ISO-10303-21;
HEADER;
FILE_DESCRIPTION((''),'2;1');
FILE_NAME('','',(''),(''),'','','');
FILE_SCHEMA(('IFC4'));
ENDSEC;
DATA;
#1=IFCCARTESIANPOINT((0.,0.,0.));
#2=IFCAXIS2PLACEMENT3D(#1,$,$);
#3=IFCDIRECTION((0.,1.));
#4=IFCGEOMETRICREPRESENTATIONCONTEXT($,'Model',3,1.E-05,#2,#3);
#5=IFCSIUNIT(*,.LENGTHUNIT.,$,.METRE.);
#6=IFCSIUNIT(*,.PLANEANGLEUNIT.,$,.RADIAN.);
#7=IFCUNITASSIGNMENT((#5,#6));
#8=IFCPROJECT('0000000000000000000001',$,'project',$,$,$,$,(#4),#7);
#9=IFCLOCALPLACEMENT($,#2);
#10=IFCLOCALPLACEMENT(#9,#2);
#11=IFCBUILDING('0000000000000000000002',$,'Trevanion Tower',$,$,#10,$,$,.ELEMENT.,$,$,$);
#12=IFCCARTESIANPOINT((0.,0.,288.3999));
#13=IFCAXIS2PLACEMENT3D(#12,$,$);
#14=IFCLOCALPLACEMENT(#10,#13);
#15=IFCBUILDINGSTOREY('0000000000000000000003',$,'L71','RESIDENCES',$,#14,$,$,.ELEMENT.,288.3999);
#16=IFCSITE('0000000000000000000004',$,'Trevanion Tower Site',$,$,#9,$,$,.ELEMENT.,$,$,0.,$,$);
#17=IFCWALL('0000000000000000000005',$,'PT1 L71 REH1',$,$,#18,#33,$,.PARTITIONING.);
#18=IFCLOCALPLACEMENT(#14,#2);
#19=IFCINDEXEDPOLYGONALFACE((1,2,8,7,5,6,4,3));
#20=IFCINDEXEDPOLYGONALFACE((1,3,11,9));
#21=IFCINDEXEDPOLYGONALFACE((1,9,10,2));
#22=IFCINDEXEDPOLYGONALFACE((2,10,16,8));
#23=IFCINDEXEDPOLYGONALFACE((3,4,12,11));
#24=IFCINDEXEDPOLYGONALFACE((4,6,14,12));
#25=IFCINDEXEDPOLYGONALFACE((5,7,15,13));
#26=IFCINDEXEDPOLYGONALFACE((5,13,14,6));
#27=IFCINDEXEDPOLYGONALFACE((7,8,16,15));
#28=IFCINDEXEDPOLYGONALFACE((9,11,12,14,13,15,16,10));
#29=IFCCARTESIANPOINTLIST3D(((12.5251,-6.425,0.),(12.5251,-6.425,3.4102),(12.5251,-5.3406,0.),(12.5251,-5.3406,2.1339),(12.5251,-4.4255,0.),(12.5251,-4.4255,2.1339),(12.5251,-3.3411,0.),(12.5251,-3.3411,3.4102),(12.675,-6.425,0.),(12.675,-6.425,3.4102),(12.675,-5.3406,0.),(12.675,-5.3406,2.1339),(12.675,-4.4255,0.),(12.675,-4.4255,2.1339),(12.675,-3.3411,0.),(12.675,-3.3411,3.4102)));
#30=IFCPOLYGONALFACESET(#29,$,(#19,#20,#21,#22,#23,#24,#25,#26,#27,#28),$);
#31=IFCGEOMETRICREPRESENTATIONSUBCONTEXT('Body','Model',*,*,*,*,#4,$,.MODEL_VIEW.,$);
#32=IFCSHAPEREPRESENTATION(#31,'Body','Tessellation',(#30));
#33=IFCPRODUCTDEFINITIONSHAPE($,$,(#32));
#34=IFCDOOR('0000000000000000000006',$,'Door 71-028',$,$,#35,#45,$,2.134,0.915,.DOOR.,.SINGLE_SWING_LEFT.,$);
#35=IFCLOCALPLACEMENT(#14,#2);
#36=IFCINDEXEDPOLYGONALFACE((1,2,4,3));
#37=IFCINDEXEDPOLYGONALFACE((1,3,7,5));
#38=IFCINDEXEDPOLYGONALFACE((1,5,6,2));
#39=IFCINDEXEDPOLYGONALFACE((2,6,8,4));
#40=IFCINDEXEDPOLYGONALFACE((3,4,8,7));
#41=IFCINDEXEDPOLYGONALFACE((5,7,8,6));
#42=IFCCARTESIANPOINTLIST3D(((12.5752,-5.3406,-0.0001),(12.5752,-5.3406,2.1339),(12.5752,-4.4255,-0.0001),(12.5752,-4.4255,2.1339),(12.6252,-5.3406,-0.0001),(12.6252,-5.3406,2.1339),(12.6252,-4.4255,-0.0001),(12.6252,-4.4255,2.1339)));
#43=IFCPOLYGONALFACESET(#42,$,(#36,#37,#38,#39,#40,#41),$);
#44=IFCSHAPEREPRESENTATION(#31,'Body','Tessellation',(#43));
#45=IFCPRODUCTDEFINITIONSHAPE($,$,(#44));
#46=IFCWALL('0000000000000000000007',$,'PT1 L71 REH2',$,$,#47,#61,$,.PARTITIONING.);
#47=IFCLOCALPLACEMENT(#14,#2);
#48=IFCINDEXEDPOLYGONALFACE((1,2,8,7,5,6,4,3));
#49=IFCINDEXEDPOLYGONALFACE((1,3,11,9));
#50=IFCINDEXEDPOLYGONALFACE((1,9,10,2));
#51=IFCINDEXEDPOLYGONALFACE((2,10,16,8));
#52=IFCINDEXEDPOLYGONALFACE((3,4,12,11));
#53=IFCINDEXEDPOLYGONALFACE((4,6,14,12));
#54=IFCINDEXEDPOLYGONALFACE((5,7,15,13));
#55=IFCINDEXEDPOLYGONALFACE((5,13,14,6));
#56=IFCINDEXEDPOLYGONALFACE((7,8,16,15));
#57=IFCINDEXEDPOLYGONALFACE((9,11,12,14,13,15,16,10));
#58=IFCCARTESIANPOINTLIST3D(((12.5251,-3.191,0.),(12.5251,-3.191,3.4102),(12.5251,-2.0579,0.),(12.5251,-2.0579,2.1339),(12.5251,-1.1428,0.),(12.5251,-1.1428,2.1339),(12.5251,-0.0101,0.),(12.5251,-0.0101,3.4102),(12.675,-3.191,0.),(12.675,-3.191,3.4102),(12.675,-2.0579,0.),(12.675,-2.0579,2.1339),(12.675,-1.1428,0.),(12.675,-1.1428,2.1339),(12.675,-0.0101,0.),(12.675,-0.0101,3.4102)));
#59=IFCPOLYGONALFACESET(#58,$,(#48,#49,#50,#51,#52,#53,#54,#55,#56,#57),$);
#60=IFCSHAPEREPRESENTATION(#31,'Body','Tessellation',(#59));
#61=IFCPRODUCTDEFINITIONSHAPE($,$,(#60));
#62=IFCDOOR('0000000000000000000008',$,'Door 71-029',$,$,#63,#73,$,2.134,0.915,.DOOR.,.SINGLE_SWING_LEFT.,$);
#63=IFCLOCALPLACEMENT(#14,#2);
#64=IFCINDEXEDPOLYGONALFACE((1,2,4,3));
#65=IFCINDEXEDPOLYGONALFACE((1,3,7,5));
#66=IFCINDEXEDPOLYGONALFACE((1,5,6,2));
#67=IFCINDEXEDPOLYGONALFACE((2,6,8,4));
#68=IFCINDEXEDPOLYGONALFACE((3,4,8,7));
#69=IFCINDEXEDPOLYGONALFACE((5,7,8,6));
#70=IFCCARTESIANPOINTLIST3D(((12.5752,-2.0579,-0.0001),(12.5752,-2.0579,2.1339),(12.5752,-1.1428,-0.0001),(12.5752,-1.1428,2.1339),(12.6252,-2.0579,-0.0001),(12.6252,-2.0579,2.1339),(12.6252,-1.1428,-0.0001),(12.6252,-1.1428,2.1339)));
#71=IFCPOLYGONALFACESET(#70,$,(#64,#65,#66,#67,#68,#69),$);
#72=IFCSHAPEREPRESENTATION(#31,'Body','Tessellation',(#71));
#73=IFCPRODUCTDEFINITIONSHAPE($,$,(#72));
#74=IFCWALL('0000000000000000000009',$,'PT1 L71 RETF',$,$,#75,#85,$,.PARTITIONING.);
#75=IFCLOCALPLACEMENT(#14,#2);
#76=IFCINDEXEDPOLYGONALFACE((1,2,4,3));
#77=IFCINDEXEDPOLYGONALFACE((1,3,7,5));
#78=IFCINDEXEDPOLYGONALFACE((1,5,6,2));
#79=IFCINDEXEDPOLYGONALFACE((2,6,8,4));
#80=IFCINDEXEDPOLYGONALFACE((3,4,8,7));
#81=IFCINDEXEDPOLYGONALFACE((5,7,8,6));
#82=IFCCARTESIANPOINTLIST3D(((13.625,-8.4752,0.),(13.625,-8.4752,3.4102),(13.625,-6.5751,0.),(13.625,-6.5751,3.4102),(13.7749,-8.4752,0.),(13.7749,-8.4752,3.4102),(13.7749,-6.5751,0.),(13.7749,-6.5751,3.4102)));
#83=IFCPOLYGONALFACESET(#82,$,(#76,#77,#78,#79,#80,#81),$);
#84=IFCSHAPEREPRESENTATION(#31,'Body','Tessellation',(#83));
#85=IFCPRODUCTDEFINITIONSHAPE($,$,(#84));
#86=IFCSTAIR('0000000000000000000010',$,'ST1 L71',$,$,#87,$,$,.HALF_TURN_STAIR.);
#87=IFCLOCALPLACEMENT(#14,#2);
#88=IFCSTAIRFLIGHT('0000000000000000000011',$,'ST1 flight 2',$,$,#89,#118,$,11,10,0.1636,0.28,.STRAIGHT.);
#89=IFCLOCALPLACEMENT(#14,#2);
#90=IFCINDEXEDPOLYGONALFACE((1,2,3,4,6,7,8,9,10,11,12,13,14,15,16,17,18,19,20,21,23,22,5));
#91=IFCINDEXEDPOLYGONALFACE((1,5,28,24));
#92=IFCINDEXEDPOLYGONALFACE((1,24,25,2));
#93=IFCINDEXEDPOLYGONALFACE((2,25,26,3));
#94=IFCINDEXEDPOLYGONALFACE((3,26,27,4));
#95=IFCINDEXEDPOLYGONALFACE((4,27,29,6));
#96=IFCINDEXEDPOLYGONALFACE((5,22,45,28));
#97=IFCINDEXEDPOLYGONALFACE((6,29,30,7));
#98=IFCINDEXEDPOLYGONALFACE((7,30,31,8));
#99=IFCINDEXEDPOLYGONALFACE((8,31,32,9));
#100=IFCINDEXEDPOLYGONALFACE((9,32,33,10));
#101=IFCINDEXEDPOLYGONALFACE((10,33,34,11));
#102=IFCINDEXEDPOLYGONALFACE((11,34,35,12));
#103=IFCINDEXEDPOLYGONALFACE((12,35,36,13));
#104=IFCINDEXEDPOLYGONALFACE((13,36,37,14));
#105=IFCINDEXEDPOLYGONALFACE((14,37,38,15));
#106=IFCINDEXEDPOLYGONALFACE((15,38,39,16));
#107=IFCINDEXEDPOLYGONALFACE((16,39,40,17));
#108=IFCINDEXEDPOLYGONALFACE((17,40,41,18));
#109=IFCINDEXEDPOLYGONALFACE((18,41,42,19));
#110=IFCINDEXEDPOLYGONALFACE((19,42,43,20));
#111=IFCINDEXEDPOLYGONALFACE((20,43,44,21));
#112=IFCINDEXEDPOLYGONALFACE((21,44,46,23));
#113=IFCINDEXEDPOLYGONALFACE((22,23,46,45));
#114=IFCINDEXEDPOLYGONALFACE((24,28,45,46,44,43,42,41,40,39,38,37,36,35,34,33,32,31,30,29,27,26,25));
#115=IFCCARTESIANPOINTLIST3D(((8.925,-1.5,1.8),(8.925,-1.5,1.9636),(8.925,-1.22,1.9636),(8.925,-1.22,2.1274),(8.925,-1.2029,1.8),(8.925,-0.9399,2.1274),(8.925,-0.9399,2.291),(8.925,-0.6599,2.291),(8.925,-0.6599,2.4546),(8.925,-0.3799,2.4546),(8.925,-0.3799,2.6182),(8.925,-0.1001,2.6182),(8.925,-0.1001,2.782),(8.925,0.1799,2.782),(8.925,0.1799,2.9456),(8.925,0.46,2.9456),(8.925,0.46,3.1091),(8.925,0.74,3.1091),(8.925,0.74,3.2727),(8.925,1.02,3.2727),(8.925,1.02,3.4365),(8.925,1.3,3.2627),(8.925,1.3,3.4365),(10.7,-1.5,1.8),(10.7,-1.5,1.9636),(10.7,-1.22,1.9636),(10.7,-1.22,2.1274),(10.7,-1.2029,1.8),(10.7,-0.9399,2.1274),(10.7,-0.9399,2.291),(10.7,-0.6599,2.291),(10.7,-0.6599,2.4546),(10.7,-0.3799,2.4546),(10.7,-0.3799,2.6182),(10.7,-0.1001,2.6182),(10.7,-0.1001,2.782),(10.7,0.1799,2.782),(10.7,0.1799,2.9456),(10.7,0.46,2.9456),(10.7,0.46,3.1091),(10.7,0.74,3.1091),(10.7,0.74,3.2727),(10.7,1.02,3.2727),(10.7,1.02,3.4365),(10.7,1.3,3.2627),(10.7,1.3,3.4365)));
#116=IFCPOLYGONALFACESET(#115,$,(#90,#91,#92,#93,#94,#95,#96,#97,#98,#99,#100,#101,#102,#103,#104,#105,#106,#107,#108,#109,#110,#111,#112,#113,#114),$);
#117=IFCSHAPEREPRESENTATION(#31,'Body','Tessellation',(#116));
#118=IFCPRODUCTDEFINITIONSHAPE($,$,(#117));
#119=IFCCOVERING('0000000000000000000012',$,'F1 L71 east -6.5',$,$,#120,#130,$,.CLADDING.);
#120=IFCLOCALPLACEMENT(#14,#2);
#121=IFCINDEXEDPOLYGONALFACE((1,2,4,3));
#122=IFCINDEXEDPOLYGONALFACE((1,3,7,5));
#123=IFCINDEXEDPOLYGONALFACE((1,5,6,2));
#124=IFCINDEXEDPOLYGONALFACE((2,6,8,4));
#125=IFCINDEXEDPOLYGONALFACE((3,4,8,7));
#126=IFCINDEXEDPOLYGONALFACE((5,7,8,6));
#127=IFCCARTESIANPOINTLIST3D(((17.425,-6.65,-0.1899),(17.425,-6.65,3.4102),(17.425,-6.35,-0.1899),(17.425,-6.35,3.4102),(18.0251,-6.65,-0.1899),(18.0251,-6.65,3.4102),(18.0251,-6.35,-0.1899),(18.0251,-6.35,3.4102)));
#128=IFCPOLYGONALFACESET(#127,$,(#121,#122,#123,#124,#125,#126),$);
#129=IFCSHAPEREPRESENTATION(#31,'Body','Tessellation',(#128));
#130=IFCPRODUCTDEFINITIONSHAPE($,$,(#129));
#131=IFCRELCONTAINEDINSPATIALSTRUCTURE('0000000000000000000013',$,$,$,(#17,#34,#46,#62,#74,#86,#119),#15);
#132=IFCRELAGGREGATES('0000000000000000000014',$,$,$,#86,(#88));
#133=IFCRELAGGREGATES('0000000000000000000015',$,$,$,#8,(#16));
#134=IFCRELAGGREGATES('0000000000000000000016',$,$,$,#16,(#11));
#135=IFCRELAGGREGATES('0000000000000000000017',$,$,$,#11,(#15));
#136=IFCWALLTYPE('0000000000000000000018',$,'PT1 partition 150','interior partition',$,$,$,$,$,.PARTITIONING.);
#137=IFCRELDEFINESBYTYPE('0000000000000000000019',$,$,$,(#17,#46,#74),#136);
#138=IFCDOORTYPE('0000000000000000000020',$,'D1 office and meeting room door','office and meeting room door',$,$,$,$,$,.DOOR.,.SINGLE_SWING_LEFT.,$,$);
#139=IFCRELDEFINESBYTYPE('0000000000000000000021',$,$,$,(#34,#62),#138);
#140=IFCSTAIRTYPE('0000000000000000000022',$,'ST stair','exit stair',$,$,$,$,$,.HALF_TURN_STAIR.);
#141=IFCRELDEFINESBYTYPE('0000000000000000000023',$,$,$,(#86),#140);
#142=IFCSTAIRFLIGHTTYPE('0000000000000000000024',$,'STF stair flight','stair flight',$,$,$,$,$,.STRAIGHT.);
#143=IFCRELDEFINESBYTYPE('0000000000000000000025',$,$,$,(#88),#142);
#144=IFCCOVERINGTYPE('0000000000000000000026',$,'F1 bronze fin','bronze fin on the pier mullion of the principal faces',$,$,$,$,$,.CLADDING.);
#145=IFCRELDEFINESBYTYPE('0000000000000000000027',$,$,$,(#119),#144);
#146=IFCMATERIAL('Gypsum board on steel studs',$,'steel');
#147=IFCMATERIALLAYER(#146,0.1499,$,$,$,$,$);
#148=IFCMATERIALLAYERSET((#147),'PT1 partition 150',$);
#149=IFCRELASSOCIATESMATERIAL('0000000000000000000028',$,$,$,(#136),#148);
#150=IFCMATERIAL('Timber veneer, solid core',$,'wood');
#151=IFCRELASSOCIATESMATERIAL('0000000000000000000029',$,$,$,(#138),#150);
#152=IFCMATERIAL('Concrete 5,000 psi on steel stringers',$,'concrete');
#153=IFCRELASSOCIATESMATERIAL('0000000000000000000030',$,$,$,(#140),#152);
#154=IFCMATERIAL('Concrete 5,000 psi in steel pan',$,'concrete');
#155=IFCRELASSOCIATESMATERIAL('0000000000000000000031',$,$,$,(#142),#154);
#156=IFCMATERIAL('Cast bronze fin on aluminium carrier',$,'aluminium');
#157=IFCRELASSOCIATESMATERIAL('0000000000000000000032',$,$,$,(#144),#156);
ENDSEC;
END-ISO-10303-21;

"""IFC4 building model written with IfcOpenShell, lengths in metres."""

from ifc_helpers import new_model, si_unit, direction, frame, frame_2d, origin, origin_2d, place, context, subcontext, project, spatial, polyline, rectangle, outline, extrude, material, layer, layer_set, type_object, element, fill, aggregate, save


model = new_model("IFC4")

# Units and contexts
model_context = context("Model", 3, precision=1e-05, world=origin(), true_north=direction((0.0, 1.0)))
body_context = subcontext(model_context, "Body", "Model", "MODEL_VIEW")
ifc_project = project(units=[si_unit("LENGTHUNIT", "METRE"), si_unit("PLANEANGLEUNIT", "RADIAN")], contexts=[model_context])

# Site, building, storey
site_placement = place(None, origin())
site = spatial("IfcSite", under=ifc_project, at=site_placement, Name="Trevanion Tower Site", CompositionType="ELEMENT", RefElevation=0.0)
building_placement = place(site_placement, origin())
building = spatial("IfcBuilding", under=site, at=building_placement, Name="Trevanion Tower", CompositionType="ELEMENT")
storey_placement = place(building_placement, frame((0.0, 0.0, 288.3999)))
storey = spatial("IfcBuildingStorey", under=building, at=storey_placement, Name="L71", Description="RESIDENCES", CompositionType="ELEMENT", Elevation=288.3999)

# Shared definitions
ifc_material_1 = material(Name="Gypsum board on steel studs", Category="steel")
ifc_layer_1 = layer(ifc_material_1, 0.1499)
ifc_layer_set_1 = layer_set([ifc_layer_1], Name="PT1 partition 150")
wall_type = type_object("IfcWallType", Name="PT1 partition 150", Description="interior partition", PredefinedType="PARTITIONING", material=ifc_layer_set_1)
ifc_material_2 = material(Name="Timber veneer, solid core", Category="wood")
door_type_1 = type_object("IfcDoorType", Name="D1 office and meeting room door", Description="office and meeting room door", OperationType="SINGLE_SWING_LEFT", PredefinedType="DOOR", material=ifc_material_2)

# Walls, openings, doors
wall_1_placement = place(storey_placement, frame((12.6001, -6.425, 0.0), z_axis=(0.0, 0.0, 1.0), x_axis=(0.0, 1.0, 0.0)))
wall_1 = element("IfcWall", 1, at=wall_1_placement, inside=storey, type_object=wall_type, Name="PT1 L71 REH1", PredefinedType="PARTITIONING", context=body_context, shape_type="SweptSolid", body=[
    extrude(rectangle(XDim=3.084, YDim=0.1499, at=frame_2d((1.542, 0.0))), origin(), (0.0, 0.0, 1.0), 3.4102),
])
opening_1_placement = place(wall_1_placement, frame((1.0845, 0.0, 0.0)))
opening_1 = element("IfcOpeningElement", 2, at=opening_1_placement, cuts=wall_1, PredefinedType="OPENING", context=body_context, shape_type="SweptSolid", body=[
    extrude(rectangle(XDim=0.915, YDim=2.134, at=frame_2d((0.4575, 1.0669))), frame((0.0, 0.085, 0.0), z_axis=(0.0, -1.0, 0.0), x_axis=(1.0, 0.0, 0.0)), (0.0, 0.0, 1.0), 0.1699),
])
door_1_placement = place(opening_1_placement, origin())
door_1 = element("IfcDoor", 3, at=door_1_placement, inside=storey, type_object=door_type_1, Name="Door 71-028", OperationType="SINGLE_SWING_LEFT", OverallHeight=2.134, OverallWidth=0.915, PredefinedType="DOOR", context=body_context, shape_type="SweptSolid", body=[
    extrude(rectangle(XDim=0.915, YDim=2.134, at=frame_2d((0.4575, 1.0669))), frame((0.0, 0.0249, 0.0), z_axis=(0.0, -1.0, 0.0), x_axis=(1.0, 0.0, 0.0)), (0.0, 0.0, 1.0), 0.05),
])
fill(opening_1, door_1)
wall_2_placement = place(storey_placement, frame((12.6001, -3.1909, 0.0), z_axis=(0.0, 0.0, 1.0), x_axis=(0.0, 1.0, 0.0)))
wall_2 = element("IfcWall", 4, at=wall_2_placement, inside=storey, type_object=wall_type, Name="PT1 L71 REH2", PredefinedType="PARTITIONING", context=body_context, shape_type="SweptSolid", body=[
    extrude(rectangle(XDim=3.1809, YDim=0.1499, at=frame_2d((1.5903, 0.0))), origin(), (0.0, 0.0, 1.0), 3.4102),
])
opening_2_placement = place(wall_2_placement, frame((1.1331, 0.0, 0.0)))
opening_2 = element("IfcOpeningElement", 5, at=opening_2_placement, cuts=wall_2, PredefinedType="OPENING", context=body_context, shape_type="SweptSolid", body=[
    extrude(rectangle(XDim=0.915, YDim=2.134, at=frame_2d((0.4575, 1.0669))), frame((0.0, 0.085, 0.0), z_axis=(0.0, -1.0, 0.0), x_axis=(1.0, 0.0, 0.0)), (0.0, 0.0, 1.0), 0.1699),
])
door_2_placement = place(opening_2_placement, origin())
door_2 = element("IfcDoor", 6, at=door_2_placement, inside=storey, type_object=door_type_1, Name="Door 71-029", OperationType="SINGLE_SWING_LEFT", OverallHeight=2.134, OverallWidth=0.915, PredefinedType="DOOR", context=body_context, shape_type="SweptSolid", body=[
    extrude(rectangle(XDim=0.915, YDim=2.134, at=frame_2d((0.4575, 1.0669))), frame((0.0, 0.0249, 0.0), z_axis=(0.0, -1.0, 0.0), x_axis=(1.0, 0.0, 0.0)), (0.0, 0.0, 1.0), 0.05),
])
fill(opening_2, door_2)

# Wall
wall_3_placement = place(storey_placement, frame((13.7, -6.575, 0.0), z_axis=(0.0, 0.0, 1.0), x_axis=(0.0, -1.0, 0.0)))
element("IfcWall", 7, at=wall_3_placement, inside=storey, type_object=wall_type, Name="PT1 L71 RETF", PredefinedType="PARTITIONING", context=body_context, shape_type="SweptSolid", body=[
    extrude(rectangle(XDim=1.9001, YDim=0.1499, at=frame_2d((0.9502, 0.0))), origin(), (0.0, 0.0, 1.0), 3.4102),
])

# Stair, stair flight
ifc_material_3 = material(Name="Concrete 5,000 psi on steel stringers", Category="concrete")
stair_type = type_object("IfcStairType", Name="ST stair", Description="exit stair", PredefinedType="HALF_TURN_STAIR", material=ifc_material_3)
stair_placement = place(storey_placement, origin())
stair = element("IfcStair", 8, at=stair_placement, inside=storey, type_object=stair_type, Name="ST1 L71", PredefinedType="HALF_TURN_STAIR")
ifc_material_4 = material(Name="Concrete 5,000 psi in steel pan", Category="concrete")
stair_flight_type = type_object("IfcStairFlightType", Name="STF stair flight", Description="stair flight", PredefinedType="STRAIGHT", material=ifc_material_4)
stair_flight_placement = place(storey_placement, frame((9.8125, -1.5, 1.8), z_axis=(0.0, 0.0, 1.0), x_axis=(0.0, 1.0, 0.0)))
stair_flight = element("IfcStairFlight", 9, at=stair_flight_placement, type_object=stair_flight_type, Name="ST1 flight 2", NumberOfRisers=11, NumberOfTreads=10, PredefinedType="STRAIGHT", RiserHeight=0.1636, TreadLength=0.28, context=body_context, shape_type="SweptSolid", body=[
    extrude(outline(polyline([(0.0, 0.0), (0.0, 0.1636), (0.28, 0.1636), (0.28, 0.3274), (0.5601, 0.3274), (0.5601, 0.491), (0.8401, 0.491), (0.8401, 0.6545), (1.1201, 0.6545), (1.1201, 0.8181), (1.3999, 0.8181), (1.3999, 0.9819), (1.6799, 0.9819), (1.6799, 1.1455), (1.96, 1.1455), (1.96, 1.3091), (2.24, 1.3091), (2.24, 1.4727), (2.52, 1.4727), (2.52, 1.6365), (2.8, 1.6365), (2.8, 1.8), (2.8, 1.4626), (0.2971, 0.0), (0.0, 0.0)])), frame((0.0, 0.8875, 0.0), z_axis=(0.0, -1.0, 0.0), x_axis=(1.0, 0.0, 0.0)), (0.0, 0.0, 1.0), 1.7749),
])
aggregate(stair, [stair_flight])

# Covering
ifc_material_5 = material(Name="Cast bronze fin on aluminium carrier", Category="aluminium")
covering_type = type_object("IfcCoveringType", Name="F1 bronze fin", Description="bronze fin on the pier mullion of the principal faces", PredefinedType="CLADDING", material=ifc_material_5)
covering_placement = place(storey_placement, frame((17.7251, -6.5, -0.1899), z_axis=(0.0, 0.0, 1.0), x_axis=(0.0, 1.0, 0.0)))
element("IfcCovering", 10, at=covering_placement, inside=storey, type_object=covering_type, Name="F1 L71 east -6.5", PredefinedType="CLADDING", context=body_context, shape_type="SweptSolid", body=[
    extrude(rectangle(XDim=0.3, YDim=0.6001, at=origin_2d()), origin(), (0.0, 0.0, 1.0), 3.6001),
])

save(model, "model.ifc")
